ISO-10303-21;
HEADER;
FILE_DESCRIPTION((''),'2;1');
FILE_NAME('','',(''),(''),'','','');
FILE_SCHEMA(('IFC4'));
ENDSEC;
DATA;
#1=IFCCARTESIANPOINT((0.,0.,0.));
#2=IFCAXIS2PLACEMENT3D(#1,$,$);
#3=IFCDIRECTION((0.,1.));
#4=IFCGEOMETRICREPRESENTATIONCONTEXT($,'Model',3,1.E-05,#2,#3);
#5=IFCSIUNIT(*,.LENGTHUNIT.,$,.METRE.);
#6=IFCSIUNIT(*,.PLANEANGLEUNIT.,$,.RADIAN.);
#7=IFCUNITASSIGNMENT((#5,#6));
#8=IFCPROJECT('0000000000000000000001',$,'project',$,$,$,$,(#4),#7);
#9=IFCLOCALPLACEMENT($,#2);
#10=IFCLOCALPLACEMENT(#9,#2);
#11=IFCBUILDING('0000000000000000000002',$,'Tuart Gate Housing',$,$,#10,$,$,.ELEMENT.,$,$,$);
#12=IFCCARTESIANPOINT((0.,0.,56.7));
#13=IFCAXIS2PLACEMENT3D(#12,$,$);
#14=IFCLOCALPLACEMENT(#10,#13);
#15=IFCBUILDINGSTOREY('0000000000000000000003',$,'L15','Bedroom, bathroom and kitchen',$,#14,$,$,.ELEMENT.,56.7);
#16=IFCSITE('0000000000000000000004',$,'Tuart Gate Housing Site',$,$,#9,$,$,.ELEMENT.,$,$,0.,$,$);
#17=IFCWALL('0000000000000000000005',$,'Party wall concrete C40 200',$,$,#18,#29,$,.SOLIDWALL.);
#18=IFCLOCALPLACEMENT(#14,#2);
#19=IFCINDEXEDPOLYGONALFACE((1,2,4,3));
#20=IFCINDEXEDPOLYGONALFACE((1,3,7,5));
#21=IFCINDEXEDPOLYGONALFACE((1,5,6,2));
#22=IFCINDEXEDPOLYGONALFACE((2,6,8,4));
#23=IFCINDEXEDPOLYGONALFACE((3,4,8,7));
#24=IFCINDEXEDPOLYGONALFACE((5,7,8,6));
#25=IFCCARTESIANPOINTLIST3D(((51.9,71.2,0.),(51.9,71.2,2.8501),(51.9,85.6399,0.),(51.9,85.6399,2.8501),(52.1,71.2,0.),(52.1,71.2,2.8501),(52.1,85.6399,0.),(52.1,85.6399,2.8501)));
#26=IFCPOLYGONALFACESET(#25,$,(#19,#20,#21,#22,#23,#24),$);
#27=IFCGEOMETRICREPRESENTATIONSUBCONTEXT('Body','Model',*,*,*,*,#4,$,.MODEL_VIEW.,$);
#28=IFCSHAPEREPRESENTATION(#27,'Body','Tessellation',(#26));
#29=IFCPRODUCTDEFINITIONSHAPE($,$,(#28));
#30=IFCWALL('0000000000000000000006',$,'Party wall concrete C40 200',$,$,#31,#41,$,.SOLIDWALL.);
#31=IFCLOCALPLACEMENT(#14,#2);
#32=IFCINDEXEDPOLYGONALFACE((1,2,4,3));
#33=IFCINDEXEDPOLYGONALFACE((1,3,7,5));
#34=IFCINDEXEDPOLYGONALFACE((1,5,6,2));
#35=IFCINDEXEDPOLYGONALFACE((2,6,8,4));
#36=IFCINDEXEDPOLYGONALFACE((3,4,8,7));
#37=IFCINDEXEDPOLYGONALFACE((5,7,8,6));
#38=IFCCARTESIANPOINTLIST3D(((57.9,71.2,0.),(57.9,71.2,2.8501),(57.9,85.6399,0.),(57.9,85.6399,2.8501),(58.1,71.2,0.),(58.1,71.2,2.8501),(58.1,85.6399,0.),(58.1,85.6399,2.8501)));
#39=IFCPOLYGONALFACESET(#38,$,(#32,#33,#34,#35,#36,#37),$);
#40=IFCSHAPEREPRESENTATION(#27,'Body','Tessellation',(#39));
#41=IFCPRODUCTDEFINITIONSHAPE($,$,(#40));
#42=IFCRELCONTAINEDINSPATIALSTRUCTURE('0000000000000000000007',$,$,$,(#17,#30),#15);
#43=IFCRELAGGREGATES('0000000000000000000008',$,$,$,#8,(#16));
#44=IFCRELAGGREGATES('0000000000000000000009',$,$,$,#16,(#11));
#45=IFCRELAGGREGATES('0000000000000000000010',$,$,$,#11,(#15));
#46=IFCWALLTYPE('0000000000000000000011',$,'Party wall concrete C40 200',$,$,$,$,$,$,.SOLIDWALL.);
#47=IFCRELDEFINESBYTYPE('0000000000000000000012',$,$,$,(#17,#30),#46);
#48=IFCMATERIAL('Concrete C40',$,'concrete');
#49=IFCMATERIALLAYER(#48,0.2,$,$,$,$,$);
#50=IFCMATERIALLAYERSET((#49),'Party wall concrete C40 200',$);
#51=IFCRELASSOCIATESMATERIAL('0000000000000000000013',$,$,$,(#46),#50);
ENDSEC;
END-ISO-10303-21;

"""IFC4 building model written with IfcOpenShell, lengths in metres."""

from ifc_helpers import new_model, si_unit, direction, frame, frame_2d, origin, place, context, subcontext, project, spatial, rectangle, extrude, material, layer, layer_set, type_object, element, save


model = new_model("IFC4")

# Units and contexts
model_context = context("Model", 3, precision=1e-05, world=origin(), true_north=direction((0.0, 1.0)))
body_context = subcontext(model_context, "Body", "Model", "MODEL_VIEW")
ifc_project = project(units=[si_unit("LENGTHUNIT", "METRE"), si_unit("PLANEANGLEUNIT", "RADIAN")], contexts=[model_context])

# Site, building, storey
site_placement = place(None, origin())
site = spatial("IfcSite", under=ifc_project, at=site_placement, Name="Tuart Gate Housing Site", CompositionType="ELEMENT", RefElevation=0.0)
building_placement = place(site_placement, origin())
building = spatial("IfcBuilding", under=site, at=building_placement, Name="Tuart Gate Housing", CompositionType="ELEMENT")
storey_placement = place(building_placement, frame((0.0, 0.0, 56.7)))
storey = spatial("IfcBuildingStorey", under=building, at=storey_placement, Name="L15", Description="Bedroom, bathroom and kitchen", CompositionType="ELEMENT", Elevation=56.7)

# Walls
ifc_material_1 = material(Name="Concrete C40", Category="concrete")
ifc_layer_1 = layer(ifc_material_1, 0.2)
ifc_layer_set_1 = layer_set([ifc_layer_1], Name="Party wall concrete C40 200")
wall_type_1 = type_object("IfcWallType", Name="Party wall concrete C40 200", PredefinedType="SOLIDWALL", material=ifc_layer_set_1)
for number, where, z_axis, x_axis, name in (
    (1, (52.0, 71.2, 0.0), (0.0, 0.0, 1.0), (0.0, 1.0, 0.0), "Party wall concrete C40 200"),
    (2, (58.0, 71.2, 0.0), (0.0, 0.0, 1.0), (0.0, 1.0, 0.0), "Party wall concrete C40 200"),
):
    element("IfcWall", number, at=place(storey_placement, frame(where, z_axis=z_axis, x_axis=x_axis)), inside=storey, type_object=wall_type_1, Name=name, PredefinedType="SOLIDWALL", context=body_context, shape_type="SweptSolid", body=[
        extrude(rectangle(XDim=14.4399, YDim=0.2, at=frame_2d((7.22, 0.0))), origin(), (0.0, 0.0, 1.0), 2.8501),
    ])

save(model, "model.ifc")
